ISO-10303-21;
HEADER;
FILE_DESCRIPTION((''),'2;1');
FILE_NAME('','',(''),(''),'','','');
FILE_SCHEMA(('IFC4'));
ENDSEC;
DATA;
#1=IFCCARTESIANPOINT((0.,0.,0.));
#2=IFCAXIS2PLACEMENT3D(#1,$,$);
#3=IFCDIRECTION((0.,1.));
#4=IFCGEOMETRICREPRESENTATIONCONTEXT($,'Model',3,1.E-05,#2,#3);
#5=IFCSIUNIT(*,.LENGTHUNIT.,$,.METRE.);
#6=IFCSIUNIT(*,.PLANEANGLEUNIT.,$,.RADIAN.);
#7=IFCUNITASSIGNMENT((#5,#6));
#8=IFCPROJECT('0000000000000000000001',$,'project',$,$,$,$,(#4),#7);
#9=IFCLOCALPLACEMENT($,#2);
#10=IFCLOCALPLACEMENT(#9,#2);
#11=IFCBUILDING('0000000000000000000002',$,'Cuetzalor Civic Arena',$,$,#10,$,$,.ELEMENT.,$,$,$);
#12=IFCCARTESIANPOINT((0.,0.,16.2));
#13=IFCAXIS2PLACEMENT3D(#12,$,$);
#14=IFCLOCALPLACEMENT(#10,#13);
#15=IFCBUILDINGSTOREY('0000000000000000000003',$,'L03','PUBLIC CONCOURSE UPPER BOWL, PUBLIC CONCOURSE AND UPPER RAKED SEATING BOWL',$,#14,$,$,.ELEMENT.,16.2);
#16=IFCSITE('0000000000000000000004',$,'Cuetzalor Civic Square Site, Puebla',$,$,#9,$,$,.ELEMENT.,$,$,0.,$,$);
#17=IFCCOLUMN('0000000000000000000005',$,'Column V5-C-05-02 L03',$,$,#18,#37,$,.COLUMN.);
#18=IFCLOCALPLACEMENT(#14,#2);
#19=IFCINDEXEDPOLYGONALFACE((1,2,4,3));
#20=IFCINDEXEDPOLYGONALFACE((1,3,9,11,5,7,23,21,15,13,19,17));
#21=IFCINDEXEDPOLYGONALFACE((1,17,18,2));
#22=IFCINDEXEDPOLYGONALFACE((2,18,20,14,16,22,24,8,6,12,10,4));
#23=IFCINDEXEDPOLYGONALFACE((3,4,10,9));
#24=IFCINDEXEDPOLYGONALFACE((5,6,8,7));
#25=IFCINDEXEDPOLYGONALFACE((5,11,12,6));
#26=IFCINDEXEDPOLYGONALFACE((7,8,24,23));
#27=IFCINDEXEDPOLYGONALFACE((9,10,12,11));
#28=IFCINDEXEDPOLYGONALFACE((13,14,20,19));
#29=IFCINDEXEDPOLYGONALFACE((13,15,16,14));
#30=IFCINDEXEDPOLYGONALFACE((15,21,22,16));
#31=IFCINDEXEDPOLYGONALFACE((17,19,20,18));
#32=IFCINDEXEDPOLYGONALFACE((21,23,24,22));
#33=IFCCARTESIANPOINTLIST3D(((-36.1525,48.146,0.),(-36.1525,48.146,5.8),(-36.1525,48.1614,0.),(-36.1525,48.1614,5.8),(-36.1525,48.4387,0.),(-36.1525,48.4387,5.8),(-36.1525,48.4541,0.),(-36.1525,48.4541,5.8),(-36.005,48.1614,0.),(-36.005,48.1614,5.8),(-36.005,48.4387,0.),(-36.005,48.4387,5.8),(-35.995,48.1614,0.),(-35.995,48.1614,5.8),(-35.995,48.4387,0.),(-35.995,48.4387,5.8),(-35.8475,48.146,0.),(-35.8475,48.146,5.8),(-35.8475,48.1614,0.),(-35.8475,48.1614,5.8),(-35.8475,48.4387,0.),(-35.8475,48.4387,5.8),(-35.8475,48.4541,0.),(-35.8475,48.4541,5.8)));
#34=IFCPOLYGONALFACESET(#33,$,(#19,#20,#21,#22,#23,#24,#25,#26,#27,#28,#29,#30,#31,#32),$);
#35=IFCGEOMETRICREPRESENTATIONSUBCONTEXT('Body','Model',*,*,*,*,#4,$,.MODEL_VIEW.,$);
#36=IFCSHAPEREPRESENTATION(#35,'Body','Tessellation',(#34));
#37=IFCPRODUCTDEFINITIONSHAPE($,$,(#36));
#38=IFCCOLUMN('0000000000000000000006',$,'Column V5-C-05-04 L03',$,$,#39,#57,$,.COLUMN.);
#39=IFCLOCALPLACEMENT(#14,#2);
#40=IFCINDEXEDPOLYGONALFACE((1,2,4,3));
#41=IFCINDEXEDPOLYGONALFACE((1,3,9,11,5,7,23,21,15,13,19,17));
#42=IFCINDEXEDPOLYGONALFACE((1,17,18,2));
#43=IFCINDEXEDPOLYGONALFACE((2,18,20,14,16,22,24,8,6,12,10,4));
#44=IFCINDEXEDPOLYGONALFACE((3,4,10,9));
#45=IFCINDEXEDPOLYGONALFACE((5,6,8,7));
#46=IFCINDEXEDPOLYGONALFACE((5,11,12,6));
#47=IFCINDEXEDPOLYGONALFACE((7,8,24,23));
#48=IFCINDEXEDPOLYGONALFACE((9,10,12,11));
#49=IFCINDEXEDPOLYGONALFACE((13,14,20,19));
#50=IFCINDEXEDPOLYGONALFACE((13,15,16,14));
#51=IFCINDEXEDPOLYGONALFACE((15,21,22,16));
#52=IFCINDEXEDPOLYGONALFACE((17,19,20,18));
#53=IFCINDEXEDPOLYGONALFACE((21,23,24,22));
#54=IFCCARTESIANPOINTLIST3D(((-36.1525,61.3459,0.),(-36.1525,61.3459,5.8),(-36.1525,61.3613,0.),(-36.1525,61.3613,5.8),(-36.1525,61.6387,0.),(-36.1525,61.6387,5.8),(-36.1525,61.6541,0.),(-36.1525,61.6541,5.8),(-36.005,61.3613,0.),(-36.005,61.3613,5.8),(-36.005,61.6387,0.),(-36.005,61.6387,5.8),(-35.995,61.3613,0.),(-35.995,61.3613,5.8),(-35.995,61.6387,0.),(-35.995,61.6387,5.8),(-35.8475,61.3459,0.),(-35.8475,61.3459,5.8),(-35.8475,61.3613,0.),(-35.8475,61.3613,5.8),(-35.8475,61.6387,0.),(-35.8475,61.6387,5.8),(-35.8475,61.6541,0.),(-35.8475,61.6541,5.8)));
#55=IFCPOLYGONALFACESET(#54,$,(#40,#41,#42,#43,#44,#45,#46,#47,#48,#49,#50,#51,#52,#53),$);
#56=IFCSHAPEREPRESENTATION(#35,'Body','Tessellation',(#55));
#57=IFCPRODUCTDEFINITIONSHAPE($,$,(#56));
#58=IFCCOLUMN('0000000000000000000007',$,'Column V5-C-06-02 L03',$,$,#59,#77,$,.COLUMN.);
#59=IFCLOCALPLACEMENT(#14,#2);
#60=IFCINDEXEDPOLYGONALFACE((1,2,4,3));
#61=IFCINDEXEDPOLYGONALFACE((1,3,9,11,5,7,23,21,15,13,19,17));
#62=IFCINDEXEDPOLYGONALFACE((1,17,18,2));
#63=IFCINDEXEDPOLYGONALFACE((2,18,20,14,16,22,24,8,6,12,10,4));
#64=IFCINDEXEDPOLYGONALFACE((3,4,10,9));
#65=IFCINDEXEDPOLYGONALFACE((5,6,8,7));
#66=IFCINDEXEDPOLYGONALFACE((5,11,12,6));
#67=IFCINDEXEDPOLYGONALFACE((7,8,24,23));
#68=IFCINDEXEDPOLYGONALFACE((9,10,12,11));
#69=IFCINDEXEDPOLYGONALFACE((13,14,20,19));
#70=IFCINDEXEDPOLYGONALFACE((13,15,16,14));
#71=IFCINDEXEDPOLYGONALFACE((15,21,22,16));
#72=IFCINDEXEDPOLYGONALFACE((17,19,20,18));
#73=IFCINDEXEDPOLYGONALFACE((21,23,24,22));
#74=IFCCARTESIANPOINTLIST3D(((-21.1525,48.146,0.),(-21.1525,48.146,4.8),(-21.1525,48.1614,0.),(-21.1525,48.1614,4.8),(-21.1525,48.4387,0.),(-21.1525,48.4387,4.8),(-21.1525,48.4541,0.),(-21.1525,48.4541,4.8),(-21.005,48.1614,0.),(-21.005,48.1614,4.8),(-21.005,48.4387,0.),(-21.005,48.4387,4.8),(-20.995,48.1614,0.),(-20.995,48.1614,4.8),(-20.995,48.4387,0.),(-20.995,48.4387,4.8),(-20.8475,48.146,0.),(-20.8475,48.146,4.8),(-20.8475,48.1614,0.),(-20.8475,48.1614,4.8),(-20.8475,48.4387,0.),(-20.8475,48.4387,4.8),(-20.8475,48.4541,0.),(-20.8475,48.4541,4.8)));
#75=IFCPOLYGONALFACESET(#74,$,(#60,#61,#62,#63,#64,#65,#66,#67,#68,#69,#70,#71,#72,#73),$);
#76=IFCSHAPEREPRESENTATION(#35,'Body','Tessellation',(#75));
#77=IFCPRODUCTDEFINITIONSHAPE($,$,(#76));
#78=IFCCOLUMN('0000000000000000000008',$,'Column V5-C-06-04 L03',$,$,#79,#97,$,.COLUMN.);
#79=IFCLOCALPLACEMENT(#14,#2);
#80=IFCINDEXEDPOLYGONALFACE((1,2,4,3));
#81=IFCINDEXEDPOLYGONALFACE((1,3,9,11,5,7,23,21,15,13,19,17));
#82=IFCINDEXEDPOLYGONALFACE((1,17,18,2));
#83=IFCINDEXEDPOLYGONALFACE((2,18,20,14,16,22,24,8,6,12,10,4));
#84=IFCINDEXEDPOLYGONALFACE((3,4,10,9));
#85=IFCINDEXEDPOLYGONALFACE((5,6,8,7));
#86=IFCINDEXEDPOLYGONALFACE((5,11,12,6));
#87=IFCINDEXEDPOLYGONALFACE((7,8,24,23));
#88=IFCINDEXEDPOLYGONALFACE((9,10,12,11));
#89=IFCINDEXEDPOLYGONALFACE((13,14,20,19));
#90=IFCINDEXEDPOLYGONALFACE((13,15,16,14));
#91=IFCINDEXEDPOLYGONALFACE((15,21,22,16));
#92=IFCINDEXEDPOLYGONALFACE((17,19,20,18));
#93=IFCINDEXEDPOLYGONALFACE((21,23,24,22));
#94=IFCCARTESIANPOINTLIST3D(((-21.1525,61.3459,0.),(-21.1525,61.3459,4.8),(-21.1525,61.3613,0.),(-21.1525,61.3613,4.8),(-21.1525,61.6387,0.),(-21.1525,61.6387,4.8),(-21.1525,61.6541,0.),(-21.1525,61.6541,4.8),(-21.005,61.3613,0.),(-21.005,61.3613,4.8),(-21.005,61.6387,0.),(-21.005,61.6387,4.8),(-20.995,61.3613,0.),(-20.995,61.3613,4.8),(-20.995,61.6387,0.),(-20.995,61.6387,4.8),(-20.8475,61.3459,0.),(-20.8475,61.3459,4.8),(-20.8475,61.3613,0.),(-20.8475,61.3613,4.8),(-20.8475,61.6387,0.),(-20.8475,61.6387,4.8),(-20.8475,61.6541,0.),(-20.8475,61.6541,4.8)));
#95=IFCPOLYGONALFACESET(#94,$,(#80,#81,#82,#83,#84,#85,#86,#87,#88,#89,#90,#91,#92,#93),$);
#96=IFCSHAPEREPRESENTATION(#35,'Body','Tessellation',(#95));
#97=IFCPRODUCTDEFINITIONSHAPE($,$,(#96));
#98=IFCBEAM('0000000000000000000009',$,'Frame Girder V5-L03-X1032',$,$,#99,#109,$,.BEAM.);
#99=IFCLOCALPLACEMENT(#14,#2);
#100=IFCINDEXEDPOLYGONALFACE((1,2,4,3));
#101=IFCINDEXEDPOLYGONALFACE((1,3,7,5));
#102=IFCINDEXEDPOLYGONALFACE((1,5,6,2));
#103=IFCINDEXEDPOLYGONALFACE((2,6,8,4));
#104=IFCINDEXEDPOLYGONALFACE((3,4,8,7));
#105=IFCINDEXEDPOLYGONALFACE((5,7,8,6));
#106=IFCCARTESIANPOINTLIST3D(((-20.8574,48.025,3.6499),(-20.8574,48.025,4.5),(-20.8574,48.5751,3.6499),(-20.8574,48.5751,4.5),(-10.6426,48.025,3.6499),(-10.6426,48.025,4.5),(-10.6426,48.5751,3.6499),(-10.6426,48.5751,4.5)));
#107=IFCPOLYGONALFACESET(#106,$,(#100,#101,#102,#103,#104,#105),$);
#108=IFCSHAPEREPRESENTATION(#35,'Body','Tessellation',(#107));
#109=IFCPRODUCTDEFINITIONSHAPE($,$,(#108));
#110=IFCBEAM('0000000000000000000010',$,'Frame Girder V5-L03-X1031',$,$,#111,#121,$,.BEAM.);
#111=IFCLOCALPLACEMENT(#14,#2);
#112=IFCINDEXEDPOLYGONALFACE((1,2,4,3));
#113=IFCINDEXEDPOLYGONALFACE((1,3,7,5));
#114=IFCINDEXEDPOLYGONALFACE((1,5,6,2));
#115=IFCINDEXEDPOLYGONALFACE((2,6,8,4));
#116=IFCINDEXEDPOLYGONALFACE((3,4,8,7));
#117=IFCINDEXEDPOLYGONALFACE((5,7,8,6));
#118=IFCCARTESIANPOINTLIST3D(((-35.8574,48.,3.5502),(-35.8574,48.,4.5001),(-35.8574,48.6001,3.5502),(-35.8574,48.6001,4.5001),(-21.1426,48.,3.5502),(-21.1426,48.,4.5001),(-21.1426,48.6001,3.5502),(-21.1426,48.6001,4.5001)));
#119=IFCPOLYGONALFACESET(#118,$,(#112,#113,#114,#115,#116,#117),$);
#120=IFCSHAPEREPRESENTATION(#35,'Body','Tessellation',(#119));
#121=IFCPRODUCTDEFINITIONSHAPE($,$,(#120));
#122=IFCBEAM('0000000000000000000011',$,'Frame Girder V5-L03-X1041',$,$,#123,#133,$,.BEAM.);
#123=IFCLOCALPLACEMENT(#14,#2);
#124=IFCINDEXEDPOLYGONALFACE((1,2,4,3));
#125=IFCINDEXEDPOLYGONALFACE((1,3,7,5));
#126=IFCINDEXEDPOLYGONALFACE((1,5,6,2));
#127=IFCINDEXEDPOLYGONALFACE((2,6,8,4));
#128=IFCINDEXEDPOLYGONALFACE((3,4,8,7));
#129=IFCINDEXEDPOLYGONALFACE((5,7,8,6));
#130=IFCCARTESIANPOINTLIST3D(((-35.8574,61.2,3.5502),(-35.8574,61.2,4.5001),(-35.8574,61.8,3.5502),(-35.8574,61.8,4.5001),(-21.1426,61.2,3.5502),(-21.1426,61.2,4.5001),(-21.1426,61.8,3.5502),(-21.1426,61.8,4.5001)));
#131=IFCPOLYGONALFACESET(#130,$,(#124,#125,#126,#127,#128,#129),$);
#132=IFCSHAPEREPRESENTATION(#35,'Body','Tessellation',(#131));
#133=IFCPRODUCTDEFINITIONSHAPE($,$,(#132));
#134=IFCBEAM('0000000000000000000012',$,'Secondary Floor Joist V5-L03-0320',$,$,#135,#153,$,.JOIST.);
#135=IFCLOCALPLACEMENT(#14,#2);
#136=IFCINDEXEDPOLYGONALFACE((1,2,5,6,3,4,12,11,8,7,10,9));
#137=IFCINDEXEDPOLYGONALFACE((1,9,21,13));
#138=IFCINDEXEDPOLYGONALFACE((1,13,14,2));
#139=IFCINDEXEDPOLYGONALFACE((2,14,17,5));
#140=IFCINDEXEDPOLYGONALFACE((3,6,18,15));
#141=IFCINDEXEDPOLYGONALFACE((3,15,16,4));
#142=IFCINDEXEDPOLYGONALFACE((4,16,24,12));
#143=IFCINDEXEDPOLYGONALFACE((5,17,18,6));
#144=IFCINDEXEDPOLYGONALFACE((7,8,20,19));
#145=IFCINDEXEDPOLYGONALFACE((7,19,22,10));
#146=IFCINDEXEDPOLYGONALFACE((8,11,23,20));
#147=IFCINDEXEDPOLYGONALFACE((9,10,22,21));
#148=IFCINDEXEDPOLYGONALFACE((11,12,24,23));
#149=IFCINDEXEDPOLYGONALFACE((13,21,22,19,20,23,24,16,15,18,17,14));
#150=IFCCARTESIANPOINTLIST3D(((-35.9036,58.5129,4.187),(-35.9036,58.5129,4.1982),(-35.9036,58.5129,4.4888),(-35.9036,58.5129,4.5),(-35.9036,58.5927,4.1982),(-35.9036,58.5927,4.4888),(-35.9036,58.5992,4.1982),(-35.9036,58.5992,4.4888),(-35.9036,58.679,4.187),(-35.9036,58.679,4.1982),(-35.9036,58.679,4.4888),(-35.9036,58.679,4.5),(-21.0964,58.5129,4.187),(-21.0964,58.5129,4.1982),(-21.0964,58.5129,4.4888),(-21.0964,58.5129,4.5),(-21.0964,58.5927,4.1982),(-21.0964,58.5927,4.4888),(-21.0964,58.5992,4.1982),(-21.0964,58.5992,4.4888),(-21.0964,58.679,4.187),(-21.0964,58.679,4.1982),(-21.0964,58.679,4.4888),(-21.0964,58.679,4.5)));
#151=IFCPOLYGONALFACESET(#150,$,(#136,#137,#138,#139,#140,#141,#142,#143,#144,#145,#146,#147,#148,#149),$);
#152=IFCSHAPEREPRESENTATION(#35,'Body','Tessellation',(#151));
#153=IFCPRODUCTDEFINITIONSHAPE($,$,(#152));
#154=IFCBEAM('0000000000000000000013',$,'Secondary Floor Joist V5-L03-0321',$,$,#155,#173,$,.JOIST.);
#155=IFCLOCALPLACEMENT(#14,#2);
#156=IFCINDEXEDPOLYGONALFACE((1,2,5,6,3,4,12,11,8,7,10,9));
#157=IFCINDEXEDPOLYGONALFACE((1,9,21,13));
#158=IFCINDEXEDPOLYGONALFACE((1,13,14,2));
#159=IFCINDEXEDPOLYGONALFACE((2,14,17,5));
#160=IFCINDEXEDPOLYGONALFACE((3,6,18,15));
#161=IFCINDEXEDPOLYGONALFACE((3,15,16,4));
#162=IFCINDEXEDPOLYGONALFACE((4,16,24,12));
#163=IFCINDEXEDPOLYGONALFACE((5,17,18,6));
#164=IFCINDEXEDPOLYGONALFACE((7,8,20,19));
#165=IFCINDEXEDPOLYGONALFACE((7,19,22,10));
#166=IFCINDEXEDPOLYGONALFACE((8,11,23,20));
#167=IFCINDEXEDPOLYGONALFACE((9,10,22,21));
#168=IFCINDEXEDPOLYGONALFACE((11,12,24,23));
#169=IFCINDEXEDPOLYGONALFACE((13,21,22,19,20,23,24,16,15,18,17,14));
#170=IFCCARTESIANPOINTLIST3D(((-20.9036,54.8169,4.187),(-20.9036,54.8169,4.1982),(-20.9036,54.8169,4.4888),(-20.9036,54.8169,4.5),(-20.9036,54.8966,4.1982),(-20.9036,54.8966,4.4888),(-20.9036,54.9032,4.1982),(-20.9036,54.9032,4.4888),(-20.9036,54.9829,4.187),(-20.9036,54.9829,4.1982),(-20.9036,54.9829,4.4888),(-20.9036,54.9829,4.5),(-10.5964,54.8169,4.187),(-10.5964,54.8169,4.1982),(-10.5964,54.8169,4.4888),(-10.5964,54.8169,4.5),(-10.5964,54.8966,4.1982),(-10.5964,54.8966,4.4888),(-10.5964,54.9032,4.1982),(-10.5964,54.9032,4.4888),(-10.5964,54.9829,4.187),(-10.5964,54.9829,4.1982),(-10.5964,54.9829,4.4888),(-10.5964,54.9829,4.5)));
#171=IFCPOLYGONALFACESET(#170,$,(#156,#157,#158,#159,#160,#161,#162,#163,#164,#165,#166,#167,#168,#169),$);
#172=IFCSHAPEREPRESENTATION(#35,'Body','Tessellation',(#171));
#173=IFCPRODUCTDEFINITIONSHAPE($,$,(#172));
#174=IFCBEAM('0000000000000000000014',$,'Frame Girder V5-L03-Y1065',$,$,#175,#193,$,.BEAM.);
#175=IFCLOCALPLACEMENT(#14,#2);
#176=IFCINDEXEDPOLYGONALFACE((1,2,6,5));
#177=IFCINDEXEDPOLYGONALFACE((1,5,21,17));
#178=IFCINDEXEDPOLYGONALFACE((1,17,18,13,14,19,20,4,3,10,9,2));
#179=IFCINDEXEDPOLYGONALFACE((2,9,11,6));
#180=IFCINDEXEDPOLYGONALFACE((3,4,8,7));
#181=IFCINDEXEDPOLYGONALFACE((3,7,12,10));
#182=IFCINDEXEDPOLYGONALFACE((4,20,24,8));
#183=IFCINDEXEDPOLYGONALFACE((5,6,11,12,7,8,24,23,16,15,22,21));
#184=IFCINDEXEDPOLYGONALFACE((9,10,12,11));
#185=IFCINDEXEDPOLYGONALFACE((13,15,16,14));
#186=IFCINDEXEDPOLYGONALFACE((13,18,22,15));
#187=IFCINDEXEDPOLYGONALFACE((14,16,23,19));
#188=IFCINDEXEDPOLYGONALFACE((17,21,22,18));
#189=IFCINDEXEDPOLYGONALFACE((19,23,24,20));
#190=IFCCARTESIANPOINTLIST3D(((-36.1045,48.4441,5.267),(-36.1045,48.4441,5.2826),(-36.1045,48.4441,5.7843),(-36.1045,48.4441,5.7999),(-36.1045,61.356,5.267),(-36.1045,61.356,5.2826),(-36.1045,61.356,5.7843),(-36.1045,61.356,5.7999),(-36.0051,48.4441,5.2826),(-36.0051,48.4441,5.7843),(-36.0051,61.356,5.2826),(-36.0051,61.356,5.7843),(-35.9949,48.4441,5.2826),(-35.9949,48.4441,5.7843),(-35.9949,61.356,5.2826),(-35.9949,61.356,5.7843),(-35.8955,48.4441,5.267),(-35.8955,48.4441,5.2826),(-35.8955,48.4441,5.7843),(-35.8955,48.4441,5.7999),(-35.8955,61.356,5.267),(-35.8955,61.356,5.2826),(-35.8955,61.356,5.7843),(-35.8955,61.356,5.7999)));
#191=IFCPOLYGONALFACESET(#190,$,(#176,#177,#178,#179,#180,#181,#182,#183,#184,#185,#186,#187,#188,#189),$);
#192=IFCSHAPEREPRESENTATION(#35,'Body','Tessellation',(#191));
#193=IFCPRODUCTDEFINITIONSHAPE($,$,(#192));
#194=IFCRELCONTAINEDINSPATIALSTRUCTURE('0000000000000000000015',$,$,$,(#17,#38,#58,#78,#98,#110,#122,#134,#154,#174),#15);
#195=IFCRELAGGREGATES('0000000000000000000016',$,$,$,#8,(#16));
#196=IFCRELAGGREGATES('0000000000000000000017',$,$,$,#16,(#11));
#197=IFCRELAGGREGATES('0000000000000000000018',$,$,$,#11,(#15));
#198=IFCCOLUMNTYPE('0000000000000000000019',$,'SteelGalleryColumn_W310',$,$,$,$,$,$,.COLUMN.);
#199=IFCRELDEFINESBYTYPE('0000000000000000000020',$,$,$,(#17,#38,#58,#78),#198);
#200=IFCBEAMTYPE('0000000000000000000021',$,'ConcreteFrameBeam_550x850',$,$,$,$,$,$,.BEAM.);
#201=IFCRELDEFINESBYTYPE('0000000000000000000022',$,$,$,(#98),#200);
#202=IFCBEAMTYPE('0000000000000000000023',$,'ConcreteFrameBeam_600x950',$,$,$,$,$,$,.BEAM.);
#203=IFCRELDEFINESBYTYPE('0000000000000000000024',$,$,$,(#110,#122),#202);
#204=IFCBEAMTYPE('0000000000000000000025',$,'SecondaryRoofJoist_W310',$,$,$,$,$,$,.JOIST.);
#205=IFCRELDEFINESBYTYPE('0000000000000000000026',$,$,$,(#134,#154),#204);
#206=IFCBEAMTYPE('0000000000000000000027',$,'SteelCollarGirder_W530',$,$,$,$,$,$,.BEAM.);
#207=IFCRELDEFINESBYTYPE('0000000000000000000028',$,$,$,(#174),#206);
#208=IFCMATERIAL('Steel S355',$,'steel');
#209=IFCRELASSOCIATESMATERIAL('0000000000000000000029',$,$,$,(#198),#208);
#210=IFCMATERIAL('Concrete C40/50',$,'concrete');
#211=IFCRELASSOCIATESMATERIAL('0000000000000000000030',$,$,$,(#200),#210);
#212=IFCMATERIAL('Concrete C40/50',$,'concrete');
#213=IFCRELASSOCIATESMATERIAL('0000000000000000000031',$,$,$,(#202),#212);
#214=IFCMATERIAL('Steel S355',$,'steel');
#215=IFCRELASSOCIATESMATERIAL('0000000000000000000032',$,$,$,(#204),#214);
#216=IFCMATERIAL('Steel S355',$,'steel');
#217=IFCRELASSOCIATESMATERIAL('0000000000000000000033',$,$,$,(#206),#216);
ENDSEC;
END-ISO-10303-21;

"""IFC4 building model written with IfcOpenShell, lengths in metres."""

from ifc_helpers import new_model, si_unit, direction, frame, origin, origin_2d, place, context, subcontext, project, spatial, rectangle, i_section, extrude, material, material_profile, profile_set, type_object, element, save


model = new_model("IFC4")

# Units and contexts
model_context = context("Model", 3, precision=1e-05, world=origin(), true_north=direction((0.0, 1.0)))
body_context = subcontext(model_context, "Body", "Model", "MODEL_VIEW")
ifc_project = project(units=[si_unit("LENGTHUNIT", "METRE"), si_unit("PLANEANGLEUNIT", "RADIAN")], contexts=[model_context])

# Site, building, storey
site_placement = place(None, origin())
site = spatial("IfcSite", under=ifc_project, at=site_placement, Name="Cuetzalor Civic Square Site, Puebla", CompositionType="ELEMENT", RefElevation=0.0)
building_placement = place(site_placement, origin())
building = spatial("IfcBuilding", under=site, at=building_placement, Name="Cuetzalor Civic Arena", CompositionType="ELEMENT")
storey_placement = place(building_placement, frame((0.0, 0.0, 16.2)))
storey = spatial("IfcBuildingStorey", under=building, at=storey_placement, Name="L03", Description="PUBLIC CONCOURSE UPPER BOWL, PUBLIC CONCOURSE AND UPPER RAKED SEATING BOWL", CompositionType="ELEMENT", Elevation=16.2)

# Columns
ifc_material_1 = material(Name="Steel S355", Category="steel")
ifc_material_profile_1 = material_profile(ifc_material_1, i_section(OverallWidth=0.3049, OverallDepth=0.3081, WebThickness=0.01, FlangeThickness=0.0154, at=origin_2d()), Name="W310x97")
ifc_profile_set_1 = profile_set([ifc_material_profile_1], Name="Steel S355")
column_type = type_object("IfcColumnType", Name="SteelGalleryColumn_W310", PredefinedType="COLUMN", material=ifc_profile_set_1)
for number, where, z_axis, x_axis, name in (
    (1, (-36.0, 48.3, 0.0), (0.0, 0.0, 1.0), (1.0, 0.0, 0.0), "Column V5-C-05-02 L03"),
    (2, (-36.0, 61.5, 0.0), (0.0, 0.0, 1.0), (1.0, 0.0, 0.0), "Column V5-C-05-04 L03"),
):
    element("IfcColumn", number, at=place(storey_placement, frame(where, z_axis=z_axis, x_axis=x_axis)), inside=storey, type_object=column_type, Name=name, PredefinedType="COLUMN", context=body_context, shape_type="SweptSolid", body=[
        extrude(i_section(OverallWidth=0.3049, OverallDepth=0.3081, WebThickness=0.01, FlangeThickness=0.0154, at=origin_2d()), origin(), (0.0, 0.0, 1.0), 5.8),
    ])
for number, where, z_axis, x_axis, name in (
    (3, (-21.0, 48.3, 0.0), (0.0, 0.0, 1.0), (1.0, 0.0, 0.0), "Column V5-C-06-02 L03"),
    (4, (-21.0, 61.5, 0.0), (0.0, 0.0, 1.0), (1.0, 0.0, 0.0), "Column V5-C-06-04 L03"),
):
    element("IfcColumn", number, at=place(storey_placement, frame(where, z_axis=z_axis, x_axis=x_axis)), inside=storey, type_object=column_type, Name=name, PredefinedType="COLUMN", context=body_context, shape_type="SweptSolid", body=[
        extrude(i_section(OverallWidth=0.3049, OverallDepth=0.3081, WebThickness=0.01, FlangeThickness=0.0154, at=origin_2d()), origin(), (0.0, 0.0, 1.0), 4.8),
    ])

# Beams
ifc_material_2 = material(Name="Concrete C40/50", Category="concrete")
ifc_material_profile_2 = material_profile(ifc_material_2, rectangle(XDim=0.55, YDim=0.8501, at=origin_2d()), Name="RC 550x850")
ifc_profile_set_2 = profile_set([ifc_material_profile_2], Name="Concrete C40/50")
beam_type_1 = type_object("IfcBeamType", Name="ConcreteFrameBeam_550x850", PredefinedType="BEAM", material=ifc_profile_set_2)
beam_1_placement = place(storey_placement, frame((-20.8574, 48.3, 4.075), z_axis=(1.0, 0.0, 0.0), x_axis=(0.0, 1.0, 0.0)))
element("IfcBeam", 5, at=beam_1_placement, inside=storey, type_object=beam_type_1, Name="Frame Girder V5-L03-X1032", PredefinedType="BEAM", context=body_context, shape_type="SweptSolid", body=[
    extrude(rectangle(XDim=0.55, YDim=0.8501, at=origin_2d()), origin(), (0.0, 0.0, 1.0), 10.2148),
])
ifc_material_3 = material(Name="Concrete C40/50", Category="concrete")
ifc_material_profile_3 = material_profile(ifc_material_3, rectangle(XDim=0.6001, YDim=0.95, at=origin_2d()), Name="RC 600x950")
ifc_profile_set_3 = profile_set([ifc_material_profile_3], Name="Concrete C40/50")
beam_type_2 = type_object("IfcBeamType", Name="ConcreteFrameBeam_600x950", PredefinedType="BEAM", material=ifc_profile_set_3)
for number, where, z_axis, x_axis, name in (
    (6, (-35.8574, 48.3, 4.0251), (1.0, 0.0, 0.0), (0.0, 1.0, 0.0), "Frame Girder V5-L03-X1031"),
    (7, (-35.8574, 61.5, 4.0251), (1.0, 0.0, 0.0), (0.0, 1.0, 0.0), "Frame Girder V5-L03-X1041"),
):
    element("IfcBeam", number, at=place(storey_placement, frame(where, z_axis=z_axis, x_axis=x_axis)), inside=storey, type_object=beam_type_2, Name=name, PredefinedType="BEAM", context=body_context, shape_type="SweptSolid", body=[
        extrude(rectangle(XDim=0.6001, YDim=0.95, at=origin_2d()), origin(), (0.0, 0.0, 1.0), 14.7148),
    ])
ifc_material_4 = material(Name="Steel S355", Category="steel")
ifc_material_profile_4 = material_profile(ifc_material_4, i_section(OverallWidth=0.166, OverallDepth=0.313, WebThickness=0.0066, FlangeThickness=0.0112, at=origin_2d()), Name="W310x45")
ifc_profile_set_4 = profile_set([ifc_material_profile_4], Name="Steel S355")
beam_type_3 = type_object("IfcBeamType", Name="SecondaryRoofJoist_W310", PredefinedType="JOIST", material=ifc_profile_set_4)
beam_2_placement = place(storey_placement, frame((-35.9036, 58.5959, 4.3435), z_axis=(1.0, 0.0, 0.0), x_axis=(0.0, 1.0, 0.0)))
element("IfcBeam", 8, at=beam_2_placement, inside=storey, type_object=beam_type_3, Name="Secondary Floor Joist V5-L03-0320", PredefinedType="JOIST", context=body_context, shape_type="SweptSolid", body=[
    extrude(i_section(OverallWidth=0.166, OverallDepth=0.313, WebThickness=0.0066, FlangeThickness=0.0112, at=origin_2d()), origin(), (0.0, 0.0, 1.0), 14.8071),
])
beam_3_placement = place(storey_placement, frame((-20.9036, 54.8999, 4.3435), z_axis=(1.0, 0.0, 0.0), x_axis=(0.0, 1.0, 0.0)))
element("IfcBeam", 9, at=beam_3_placement, inside=storey, type_object=beam_type_3, Name="Secondary Floor Joist V5-L03-0321", PredefinedType="JOIST", context=body_context, shape_type="SweptSolid", body=[
    extrude(i_section(OverallWidth=0.166, OverallDepth=0.313, WebThickness=0.0066, FlangeThickness=0.0112, at=origin_2d()), origin(), (0.0, 0.0, 1.0), 10.3071),
])
ifc_material_5 = material(Name="Steel S355", Category="steel")
ifc_material_profile_5 = material_profile(ifc_material_5, i_section(OverallWidth=0.209, OverallDepth=0.533, WebThickness=0.0103, FlangeThickness=0.0156, at=origin_2d()), Name="W530x92")
ifc_profile_set_5 = profile_set([ifc_material_profile_5], Name="Steel S355")
beam_type_4 = type_object("IfcBeamType", Name="SteelCollarGirder_W530", PredefinedType="BEAM", material=ifc_profile_set_5)
for number, where, z_axis, x_axis, name in (
    (10, (-36.0, 48.4441, 5.5334), (0.0, 1.0, 0.0), (-1.0, 0.0, 0.0), "Frame Girder V5-L03-Y1065"),
):
    element("IfcBeam", number, at=place(storey_placement, frame(where, z_axis=z_axis, x_axis=x_axis)), inside=storey, type_object=beam_type_4, Name=name, PredefinedType="BEAM", context=body_context, shape_type="SweptSolid", body=[
        extrude(i_section(OverallWidth=0.209, OverallDepth=0.533, WebThickness=0.0103, FlangeThickness=0.0156, at=origin_2d()), origin(), (0.0, 0.0, 1.0), 12.9119),
    ])

save(model, "model.ifc")
